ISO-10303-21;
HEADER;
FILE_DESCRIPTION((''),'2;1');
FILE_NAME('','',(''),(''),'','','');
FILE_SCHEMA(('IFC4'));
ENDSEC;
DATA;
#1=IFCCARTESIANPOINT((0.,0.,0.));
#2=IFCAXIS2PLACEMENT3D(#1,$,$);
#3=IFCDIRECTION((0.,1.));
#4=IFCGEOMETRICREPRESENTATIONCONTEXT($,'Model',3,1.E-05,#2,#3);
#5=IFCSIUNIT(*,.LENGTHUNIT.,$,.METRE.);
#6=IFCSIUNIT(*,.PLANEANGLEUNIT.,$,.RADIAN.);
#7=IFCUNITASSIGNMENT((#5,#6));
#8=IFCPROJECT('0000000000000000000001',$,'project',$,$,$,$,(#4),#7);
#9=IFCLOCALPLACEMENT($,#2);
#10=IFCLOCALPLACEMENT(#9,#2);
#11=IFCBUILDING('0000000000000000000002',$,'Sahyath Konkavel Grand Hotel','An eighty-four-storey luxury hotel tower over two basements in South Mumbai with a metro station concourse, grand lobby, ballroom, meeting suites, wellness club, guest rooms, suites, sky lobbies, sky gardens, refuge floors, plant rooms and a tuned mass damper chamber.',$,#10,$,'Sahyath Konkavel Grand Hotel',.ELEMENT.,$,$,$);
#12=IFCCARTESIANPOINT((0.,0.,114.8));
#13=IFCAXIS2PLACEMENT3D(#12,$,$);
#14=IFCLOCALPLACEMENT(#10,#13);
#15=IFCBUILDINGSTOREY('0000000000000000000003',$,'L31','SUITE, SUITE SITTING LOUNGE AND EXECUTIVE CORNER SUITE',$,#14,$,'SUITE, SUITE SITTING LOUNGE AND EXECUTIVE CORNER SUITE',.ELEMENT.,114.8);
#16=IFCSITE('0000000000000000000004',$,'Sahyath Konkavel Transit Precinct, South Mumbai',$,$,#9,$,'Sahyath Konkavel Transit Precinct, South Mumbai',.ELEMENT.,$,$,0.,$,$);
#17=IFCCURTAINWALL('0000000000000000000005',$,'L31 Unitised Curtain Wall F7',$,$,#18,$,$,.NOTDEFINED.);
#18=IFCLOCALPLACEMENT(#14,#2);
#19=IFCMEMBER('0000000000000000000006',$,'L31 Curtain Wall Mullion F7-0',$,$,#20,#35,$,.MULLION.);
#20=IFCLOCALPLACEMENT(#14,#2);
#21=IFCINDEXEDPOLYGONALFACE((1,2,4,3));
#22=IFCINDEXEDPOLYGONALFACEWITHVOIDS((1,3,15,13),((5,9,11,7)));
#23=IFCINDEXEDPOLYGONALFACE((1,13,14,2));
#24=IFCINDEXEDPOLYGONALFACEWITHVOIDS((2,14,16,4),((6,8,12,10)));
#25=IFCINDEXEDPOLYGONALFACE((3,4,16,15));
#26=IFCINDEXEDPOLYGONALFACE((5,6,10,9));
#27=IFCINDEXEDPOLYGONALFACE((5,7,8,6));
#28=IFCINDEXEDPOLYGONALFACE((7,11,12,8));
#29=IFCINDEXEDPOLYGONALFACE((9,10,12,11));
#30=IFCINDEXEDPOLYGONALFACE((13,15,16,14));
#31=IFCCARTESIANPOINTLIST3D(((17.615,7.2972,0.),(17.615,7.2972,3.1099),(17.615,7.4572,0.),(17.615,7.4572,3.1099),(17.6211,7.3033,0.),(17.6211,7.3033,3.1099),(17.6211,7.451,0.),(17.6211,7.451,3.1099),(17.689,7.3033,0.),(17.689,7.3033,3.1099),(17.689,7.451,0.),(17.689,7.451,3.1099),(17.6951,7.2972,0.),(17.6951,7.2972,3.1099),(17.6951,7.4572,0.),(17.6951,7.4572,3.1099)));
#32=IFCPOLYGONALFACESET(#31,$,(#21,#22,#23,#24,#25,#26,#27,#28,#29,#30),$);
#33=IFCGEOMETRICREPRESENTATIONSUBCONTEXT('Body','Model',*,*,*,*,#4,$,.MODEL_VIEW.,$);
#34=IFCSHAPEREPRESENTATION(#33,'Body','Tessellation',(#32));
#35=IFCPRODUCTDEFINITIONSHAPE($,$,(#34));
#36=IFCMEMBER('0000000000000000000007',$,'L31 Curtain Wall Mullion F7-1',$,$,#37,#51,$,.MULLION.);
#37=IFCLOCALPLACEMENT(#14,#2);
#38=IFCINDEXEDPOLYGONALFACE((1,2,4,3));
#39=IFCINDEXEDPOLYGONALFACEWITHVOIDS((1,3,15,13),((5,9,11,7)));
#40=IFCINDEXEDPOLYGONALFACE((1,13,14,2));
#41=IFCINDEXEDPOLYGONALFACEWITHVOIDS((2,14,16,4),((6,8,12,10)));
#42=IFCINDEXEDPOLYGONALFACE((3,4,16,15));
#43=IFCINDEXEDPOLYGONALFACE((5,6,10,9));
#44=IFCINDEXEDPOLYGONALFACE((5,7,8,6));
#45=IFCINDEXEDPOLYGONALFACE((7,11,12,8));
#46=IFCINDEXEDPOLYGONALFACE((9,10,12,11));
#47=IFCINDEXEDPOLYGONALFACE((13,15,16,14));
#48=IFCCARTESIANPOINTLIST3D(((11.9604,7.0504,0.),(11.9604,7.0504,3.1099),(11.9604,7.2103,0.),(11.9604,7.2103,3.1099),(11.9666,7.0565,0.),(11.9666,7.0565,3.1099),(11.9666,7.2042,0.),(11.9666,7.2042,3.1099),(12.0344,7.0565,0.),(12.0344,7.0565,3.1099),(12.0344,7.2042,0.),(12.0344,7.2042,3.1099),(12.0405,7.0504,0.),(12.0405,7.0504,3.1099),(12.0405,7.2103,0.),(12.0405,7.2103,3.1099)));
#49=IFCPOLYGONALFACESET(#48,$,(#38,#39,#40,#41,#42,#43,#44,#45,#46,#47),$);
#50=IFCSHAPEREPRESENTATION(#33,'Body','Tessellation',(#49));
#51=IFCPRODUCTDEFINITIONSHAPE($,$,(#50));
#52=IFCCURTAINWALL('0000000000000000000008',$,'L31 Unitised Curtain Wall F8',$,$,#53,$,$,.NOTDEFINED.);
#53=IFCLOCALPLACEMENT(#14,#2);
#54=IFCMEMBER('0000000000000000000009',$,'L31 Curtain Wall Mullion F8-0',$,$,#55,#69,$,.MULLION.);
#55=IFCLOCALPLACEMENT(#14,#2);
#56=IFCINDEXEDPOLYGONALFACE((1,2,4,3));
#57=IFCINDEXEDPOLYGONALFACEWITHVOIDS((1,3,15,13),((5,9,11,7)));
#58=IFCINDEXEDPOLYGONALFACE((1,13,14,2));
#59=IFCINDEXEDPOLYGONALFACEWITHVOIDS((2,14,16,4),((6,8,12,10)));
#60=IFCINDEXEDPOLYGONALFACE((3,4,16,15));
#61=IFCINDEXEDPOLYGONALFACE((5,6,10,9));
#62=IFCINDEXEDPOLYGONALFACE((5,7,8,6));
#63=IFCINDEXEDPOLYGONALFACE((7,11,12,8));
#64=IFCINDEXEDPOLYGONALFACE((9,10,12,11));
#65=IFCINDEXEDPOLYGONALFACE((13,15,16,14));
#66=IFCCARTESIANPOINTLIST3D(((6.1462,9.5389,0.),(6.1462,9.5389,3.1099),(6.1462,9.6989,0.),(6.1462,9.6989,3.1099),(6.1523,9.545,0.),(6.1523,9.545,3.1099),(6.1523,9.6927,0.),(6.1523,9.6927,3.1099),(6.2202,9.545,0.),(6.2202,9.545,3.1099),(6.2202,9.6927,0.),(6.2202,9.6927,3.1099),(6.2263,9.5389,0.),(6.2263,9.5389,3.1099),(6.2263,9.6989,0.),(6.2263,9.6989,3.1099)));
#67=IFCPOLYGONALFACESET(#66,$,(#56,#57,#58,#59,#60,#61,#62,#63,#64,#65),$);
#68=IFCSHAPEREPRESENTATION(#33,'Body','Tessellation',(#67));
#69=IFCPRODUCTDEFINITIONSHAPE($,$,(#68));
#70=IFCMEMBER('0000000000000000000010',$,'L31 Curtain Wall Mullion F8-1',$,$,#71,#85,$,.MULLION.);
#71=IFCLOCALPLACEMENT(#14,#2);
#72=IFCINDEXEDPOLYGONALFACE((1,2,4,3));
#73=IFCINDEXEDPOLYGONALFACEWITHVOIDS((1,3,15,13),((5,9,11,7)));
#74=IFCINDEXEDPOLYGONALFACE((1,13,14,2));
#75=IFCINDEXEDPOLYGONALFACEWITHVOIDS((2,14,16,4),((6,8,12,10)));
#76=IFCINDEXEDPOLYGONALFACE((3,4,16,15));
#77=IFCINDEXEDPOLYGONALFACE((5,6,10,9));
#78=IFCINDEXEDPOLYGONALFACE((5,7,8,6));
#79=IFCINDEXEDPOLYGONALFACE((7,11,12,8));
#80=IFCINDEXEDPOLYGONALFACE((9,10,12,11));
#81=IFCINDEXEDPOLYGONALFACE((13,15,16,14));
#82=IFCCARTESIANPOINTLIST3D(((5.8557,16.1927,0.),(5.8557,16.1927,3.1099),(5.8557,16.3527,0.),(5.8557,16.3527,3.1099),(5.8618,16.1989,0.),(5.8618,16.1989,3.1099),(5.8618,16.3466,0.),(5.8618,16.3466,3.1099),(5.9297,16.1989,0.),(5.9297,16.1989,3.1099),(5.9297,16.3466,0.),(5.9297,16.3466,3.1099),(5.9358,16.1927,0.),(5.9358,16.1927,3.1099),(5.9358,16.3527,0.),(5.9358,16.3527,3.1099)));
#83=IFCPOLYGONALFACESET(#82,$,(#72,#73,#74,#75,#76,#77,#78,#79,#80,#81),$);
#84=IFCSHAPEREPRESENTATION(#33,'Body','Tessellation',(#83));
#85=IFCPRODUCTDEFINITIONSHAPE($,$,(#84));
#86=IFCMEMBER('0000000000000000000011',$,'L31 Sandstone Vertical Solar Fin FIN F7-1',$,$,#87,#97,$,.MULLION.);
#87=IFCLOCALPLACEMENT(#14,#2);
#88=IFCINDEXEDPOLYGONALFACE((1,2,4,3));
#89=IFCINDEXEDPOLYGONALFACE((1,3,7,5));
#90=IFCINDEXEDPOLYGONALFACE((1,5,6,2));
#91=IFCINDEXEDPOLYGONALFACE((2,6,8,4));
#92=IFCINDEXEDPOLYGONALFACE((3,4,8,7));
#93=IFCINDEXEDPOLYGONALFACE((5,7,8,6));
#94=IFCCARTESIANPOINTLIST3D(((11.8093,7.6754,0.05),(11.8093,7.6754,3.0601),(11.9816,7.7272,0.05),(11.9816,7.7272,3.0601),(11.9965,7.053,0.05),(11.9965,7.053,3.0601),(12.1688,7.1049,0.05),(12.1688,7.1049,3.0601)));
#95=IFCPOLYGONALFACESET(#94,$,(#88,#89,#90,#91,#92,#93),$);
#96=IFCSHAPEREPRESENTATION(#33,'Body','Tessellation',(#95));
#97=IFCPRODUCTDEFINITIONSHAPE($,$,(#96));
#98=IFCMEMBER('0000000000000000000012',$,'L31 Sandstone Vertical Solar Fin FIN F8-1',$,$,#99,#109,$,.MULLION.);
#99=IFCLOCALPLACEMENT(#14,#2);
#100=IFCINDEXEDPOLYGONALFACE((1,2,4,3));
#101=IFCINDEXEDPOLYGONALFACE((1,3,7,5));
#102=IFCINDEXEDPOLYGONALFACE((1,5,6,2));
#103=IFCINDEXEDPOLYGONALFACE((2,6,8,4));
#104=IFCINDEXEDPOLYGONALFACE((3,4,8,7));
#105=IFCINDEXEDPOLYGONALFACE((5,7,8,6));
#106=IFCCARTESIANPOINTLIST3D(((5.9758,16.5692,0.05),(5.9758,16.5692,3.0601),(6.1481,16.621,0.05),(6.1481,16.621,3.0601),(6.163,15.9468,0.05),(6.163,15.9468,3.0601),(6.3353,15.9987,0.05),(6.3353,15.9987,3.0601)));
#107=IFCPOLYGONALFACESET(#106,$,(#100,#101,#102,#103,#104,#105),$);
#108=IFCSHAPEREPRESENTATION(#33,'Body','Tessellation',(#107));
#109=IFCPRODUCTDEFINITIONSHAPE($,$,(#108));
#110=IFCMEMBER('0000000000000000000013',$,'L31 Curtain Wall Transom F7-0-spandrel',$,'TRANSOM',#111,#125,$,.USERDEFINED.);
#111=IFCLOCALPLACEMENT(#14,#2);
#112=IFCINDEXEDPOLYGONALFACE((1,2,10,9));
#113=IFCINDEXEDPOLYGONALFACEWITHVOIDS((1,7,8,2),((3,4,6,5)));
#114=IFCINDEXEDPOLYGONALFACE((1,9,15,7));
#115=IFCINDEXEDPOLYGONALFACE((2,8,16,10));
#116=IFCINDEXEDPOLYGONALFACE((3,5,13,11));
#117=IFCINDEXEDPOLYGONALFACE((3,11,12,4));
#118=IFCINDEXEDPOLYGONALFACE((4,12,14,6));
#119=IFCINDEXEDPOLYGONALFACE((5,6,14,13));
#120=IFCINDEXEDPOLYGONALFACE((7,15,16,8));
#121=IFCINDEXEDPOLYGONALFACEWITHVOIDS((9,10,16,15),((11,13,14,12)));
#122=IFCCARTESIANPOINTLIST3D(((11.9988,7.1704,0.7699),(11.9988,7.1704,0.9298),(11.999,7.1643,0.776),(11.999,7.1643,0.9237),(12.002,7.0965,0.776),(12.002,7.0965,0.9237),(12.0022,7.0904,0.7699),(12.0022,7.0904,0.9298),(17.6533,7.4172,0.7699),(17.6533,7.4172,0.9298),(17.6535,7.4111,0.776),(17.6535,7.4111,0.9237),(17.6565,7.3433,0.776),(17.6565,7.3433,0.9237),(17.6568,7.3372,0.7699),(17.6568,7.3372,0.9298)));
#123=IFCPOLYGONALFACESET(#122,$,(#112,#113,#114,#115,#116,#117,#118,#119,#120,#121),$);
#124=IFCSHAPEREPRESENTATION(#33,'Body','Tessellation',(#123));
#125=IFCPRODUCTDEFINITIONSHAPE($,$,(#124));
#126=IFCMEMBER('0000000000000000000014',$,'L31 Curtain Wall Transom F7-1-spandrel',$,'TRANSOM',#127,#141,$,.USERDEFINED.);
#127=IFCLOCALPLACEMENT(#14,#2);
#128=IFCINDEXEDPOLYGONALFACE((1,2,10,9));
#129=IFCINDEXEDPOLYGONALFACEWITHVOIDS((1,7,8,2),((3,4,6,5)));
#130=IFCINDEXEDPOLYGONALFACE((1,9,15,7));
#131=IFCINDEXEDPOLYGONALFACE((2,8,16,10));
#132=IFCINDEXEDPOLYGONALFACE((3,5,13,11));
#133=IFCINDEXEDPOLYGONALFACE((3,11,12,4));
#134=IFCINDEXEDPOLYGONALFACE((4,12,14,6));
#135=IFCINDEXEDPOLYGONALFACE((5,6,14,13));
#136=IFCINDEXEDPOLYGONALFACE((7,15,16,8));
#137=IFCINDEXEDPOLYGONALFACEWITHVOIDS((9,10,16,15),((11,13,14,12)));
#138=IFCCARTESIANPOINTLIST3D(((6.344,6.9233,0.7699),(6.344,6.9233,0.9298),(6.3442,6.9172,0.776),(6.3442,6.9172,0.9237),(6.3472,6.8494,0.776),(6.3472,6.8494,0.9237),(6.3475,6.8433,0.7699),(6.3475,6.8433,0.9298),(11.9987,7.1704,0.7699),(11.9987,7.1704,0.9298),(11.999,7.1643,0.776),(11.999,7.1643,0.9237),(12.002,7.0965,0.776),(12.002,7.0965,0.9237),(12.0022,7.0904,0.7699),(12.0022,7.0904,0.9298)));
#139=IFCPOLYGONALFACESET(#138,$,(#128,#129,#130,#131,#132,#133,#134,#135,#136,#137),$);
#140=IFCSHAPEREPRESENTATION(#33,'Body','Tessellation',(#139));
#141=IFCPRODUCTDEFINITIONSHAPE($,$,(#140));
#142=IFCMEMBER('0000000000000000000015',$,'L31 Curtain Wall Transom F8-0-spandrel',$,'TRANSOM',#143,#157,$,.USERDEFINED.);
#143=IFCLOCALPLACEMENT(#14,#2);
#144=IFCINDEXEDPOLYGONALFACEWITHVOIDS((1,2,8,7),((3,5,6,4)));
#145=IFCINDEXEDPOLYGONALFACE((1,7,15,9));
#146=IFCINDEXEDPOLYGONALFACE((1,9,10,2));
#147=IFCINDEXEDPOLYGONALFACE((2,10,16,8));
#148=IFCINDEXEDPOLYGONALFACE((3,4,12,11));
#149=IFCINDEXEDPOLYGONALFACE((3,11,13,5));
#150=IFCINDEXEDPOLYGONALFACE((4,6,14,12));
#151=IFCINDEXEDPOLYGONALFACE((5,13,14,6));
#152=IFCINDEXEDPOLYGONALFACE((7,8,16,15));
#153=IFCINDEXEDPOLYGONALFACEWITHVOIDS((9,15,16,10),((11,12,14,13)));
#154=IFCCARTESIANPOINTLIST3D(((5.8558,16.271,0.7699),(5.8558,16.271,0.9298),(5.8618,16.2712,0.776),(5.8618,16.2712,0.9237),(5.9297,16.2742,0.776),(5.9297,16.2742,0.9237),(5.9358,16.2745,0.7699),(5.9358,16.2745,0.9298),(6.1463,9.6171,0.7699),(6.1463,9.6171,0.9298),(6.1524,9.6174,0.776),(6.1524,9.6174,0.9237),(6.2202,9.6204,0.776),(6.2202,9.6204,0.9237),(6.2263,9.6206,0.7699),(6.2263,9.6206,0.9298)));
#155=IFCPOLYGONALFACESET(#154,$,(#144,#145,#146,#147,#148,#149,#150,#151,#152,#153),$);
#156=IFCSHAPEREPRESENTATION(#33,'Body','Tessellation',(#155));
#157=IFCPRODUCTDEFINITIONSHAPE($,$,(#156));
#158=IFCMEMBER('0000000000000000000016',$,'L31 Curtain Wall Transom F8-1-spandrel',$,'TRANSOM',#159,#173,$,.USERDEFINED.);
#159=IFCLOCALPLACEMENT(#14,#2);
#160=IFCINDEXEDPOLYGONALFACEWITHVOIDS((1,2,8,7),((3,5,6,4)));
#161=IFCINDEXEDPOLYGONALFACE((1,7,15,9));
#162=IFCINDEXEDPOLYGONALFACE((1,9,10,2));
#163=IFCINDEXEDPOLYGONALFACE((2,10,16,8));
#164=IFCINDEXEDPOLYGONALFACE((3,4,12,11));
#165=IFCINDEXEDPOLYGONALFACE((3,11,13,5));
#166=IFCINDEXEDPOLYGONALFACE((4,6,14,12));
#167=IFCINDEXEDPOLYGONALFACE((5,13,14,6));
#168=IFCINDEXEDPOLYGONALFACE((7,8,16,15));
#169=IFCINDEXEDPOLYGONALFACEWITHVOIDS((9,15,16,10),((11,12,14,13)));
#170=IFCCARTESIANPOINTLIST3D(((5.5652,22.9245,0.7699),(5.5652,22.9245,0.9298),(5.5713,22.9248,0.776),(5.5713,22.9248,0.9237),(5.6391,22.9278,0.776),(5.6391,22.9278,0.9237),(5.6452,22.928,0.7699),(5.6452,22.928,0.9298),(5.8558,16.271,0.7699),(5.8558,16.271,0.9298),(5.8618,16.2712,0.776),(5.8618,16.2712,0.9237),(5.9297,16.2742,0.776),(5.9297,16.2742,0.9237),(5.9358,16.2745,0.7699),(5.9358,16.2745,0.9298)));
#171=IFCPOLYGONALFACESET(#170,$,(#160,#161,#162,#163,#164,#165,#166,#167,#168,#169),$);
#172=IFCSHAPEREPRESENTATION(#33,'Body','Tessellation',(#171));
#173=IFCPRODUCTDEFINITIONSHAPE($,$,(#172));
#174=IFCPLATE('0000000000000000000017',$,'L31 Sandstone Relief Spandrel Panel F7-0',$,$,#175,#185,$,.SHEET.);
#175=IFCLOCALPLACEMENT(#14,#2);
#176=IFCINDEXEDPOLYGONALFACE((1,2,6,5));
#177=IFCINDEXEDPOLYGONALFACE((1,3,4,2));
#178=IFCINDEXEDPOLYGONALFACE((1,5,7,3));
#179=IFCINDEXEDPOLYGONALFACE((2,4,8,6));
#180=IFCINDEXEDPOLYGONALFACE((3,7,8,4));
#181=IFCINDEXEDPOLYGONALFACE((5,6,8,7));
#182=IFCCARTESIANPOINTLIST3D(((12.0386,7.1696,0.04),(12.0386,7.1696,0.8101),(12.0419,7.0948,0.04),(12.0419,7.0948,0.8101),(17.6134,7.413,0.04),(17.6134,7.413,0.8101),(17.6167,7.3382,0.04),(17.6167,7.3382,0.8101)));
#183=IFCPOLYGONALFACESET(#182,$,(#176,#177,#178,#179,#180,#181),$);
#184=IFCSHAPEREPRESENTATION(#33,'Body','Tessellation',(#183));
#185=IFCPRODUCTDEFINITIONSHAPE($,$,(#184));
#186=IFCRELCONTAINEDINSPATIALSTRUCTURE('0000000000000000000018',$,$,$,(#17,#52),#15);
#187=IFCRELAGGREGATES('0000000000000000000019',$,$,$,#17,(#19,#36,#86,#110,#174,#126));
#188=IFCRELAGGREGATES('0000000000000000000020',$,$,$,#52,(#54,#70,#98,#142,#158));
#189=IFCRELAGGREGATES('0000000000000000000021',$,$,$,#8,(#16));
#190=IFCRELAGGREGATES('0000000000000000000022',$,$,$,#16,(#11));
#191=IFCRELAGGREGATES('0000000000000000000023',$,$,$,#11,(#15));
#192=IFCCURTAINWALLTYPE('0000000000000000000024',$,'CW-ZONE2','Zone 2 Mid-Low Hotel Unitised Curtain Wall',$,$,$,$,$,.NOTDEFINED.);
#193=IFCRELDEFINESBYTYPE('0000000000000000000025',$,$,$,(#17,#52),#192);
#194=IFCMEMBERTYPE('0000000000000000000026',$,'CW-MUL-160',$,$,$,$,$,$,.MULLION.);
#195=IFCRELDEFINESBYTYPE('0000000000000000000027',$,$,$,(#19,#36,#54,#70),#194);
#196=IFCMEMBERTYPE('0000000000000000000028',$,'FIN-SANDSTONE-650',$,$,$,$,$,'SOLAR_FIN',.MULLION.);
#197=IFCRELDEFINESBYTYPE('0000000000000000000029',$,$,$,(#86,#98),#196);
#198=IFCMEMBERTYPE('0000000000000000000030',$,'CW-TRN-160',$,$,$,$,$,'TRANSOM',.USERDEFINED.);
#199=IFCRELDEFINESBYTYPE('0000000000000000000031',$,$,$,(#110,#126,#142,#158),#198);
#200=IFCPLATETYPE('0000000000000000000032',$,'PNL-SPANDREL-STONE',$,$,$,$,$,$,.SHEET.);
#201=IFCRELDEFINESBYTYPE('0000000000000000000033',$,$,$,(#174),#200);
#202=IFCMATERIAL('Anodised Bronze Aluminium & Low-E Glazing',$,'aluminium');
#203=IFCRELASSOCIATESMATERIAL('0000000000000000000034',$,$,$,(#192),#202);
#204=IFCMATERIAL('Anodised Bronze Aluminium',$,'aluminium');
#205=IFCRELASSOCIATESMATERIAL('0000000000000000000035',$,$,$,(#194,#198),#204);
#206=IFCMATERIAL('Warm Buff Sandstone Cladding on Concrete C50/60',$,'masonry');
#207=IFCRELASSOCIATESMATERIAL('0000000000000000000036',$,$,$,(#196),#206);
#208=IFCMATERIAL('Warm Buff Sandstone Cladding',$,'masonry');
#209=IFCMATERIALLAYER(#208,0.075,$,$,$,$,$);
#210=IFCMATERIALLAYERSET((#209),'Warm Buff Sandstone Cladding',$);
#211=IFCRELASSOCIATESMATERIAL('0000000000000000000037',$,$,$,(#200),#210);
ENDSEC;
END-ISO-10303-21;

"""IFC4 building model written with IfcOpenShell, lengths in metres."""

from ifc_helpers import new_model, si_unit, direction, frame, origin, origin_2d, place, context, subcontext, project, spatial, rectangle, hollow_rectangle, extrude, source, transform, mapped, material, layer, layer_set, material_profile, profile_set, type_object, element, aggregate, save


model = new_model("IFC4")

# Units and contexts
model_context = context("Model", 3, precision=1e-05, world=origin(), true_north=direction((0.0, 1.0)))
body_context = subcontext(model_context, "Body", "Model", "MODEL_VIEW")
ifc_project = project(units=[si_unit("LENGTHUNIT", "METRE"), si_unit("PLANEANGLEUNIT", "RADIAN")], contexts=[model_context])

# Site, building, storey
site_placement = place(None, origin())
site = spatial("IfcSite", under=ifc_project, at=site_placement, Name="Sahyath Konkavel Transit Precinct, South Mumbai", LongName="Sahyath Konkavel Transit Precinct, South Mumbai", CompositionType="ELEMENT", RefElevation=0.0)
building_placement = place(site_placement, origin())
building = spatial("IfcBuilding", under=site, at=building_placement, Name="Sahyath Konkavel Grand Hotel", Description="An eighty-four-storey luxury hotel tower over two basements in South Mumbai with a metro station concourse, grand lobby, ballroom, meeting suites, wellness club, guest rooms, suites, sky lobbies, sky gardens, refuge floors, plant rooms and a tuned mass damper chamber.", LongName="Sahyath Konkavel Grand Hotel", CompositionType="ELEMENT")
storey_placement = place(building_placement, frame((0.0, 0.0, 114.8)))
storey = spatial("IfcBuildingStorey", under=building, at=storey_placement, Name="L31", Description="SUITE, SUITE SITTING LOUNGE AND EXECUTIVE CORNER SUITE", LongName="SUITE, SUITE SITTING LOUNGE AND EXECUTIVE CORNER SUITE", CompositionType="ELEMENT", Elevation=114.8)

# Curtain walls, members
ifc_material_1 = material(Name="Anodised Bronze Aluminium & Low-E Glazing", Category="aluminium")
curtain_wall_type = type_object("IfcCurtainWallType", Name="CW-ZONE2", Description="Zone 2 Mid-Low Hotel Unitised Curtain Wall", PredefinedType="NOTDEFINED", material=ifc_material_1)
curtain_wall_1_placement = place(storey_placement, origin())
curtain_wall_1 = element("IfcCurtainWall", 1, at=curtain_wall_1_placement, inside=storey, type_object=curtain_wall_type, Name="L31 Unitised Curtain Wall F7", PredefinedType="NOTDEFINED")
ifc_material_2 = material(Name="Anodised Bronze Aluminium", Category="aluminium")
ifc_material_profile_1 = material_profile(ifc_material_2, hollow_rectangle(XDim=0.0801, YDim=0.1599, WallThickness=0.0061, at=origin_2d()), Name="RHS 160x80x6")
ifc_profile_set_1 = profile_set([ifc_material_profile_1], Name="Anodised Bronze Aluminium")
member_type_1 = type_object("IfcMemberType", Name="CW-MUL-160", PredefinedType="MULLION", material=ifc_profile_set_1)
shared_shape_1 = source(origin(), body_context, "Body", "SweptSolid", [
    extrude(hollow_rectangle(XDim=0.0801, YDim=0.1599, WallThickness=0.0061, at=origin_2d()), origin(), (0.0, 0.0, 1.0), 3.1099),
])
member_1_placement = place(storey_placement, frame((17.655, 7.3772, 0.0), z_axis=(0.0, 0.0, 1.0), x_axis=(1.0, 0.0, 0.0)))
member_1 = element("IfcMember", 2, at=member_1_placement, type_object=member_type_1, Name="L31 Curtain Wall Mullion F7-0", PredefinedType="MULLION", context=body_context, shape_type="MappedRepresentation", body=[
    mapped(shared_shape_1, transform((0.0, 0.0, 0.0), scale=1.0)),
])
member_2_placement = place(storey_placement, frame((12.0005, 7.1304, 0.0), z_axis=(0.0, 0.0, 1.0), x_axis=(1.0, 0.0, 0.0)))
member_2 = element("IfcMember", 3, at=member_2_placement, type_object=member_type_1, Name="L31 Curtain Wall Mullion F7-1", PredefinedType="MULLION", context=body_context, shape_type="MappedRepresentation", body=[
    mapped(shared_shape_1, transform((0.0, 0.0, 0.0), scale=1.0)),
])
curtain_wall_2_placement = place(storey_placement, origin())
curtain_wall_2 = element("IfcCurtainWall", 4, at=curtain_wall_2_placement, inside=storey, type_object=curtain_wall_type, Name="L31 Unitised Curtain Wall F8", PredefinedType="NOTDEFINED")
member_3_placement = place(storey_placement, frame((6.1863, 9.6189, 0.0), z_axis=(0.0, 0.0, 1.0), x_axis=(1.0, 0.0, 0.0)))
member_3 = element("IfcMember", 5, at=member_3_placement, type_object=member_type_1, Name="L31 Curtain Wall Mullion F8-0", PredefinedType="MULLION", context=body_context, shape_type="MappedRepresentation", body=[
    mapped(shared_shape_1, transform((0.0, 0.0, 0.0), scale=1.0)),
])
member_4_placement = place(storey_placement, frame((5.8958, 16.2727, 0.0), z_axis=(0.0, 0.0, 1.0), x_axis=(1.0, 0.0, 0.0)))
member_4 = element("IfcMember", 6, at=member_4_placement, type_object=member_type_1, Name="L31 Curtain Wall Mullion F8-1", PredefinedType="MULLION", context=body_context, shape_type="MappedRepresentation", body=[
    mapped(shared_shape_1, transform((0.0, 0.0, 0.0), scale=1.0)),
])

# Members
ifc_material_3 = material(Name="Warm Buff Sandstone Cladding on Concrete C50/60", Category="masonry")
ifc_material_profile_2 = material_profile(ifc_material_3, rectangle(XDim=0.1799, YDim=0.6499, at=origin_2d()), Name="FIN 180x650")
ifc_profile_set_2 = profile_set([ifc_material_profile_2], Name="Warm Buff Sandstone Cladding on Concrete C50/60")
member_type_2 = type_object("IfcMemberType", Name="FIN-SANDSTONE-650", ElementType="SOLAR_FIN", PredefinedType="MULLION", material=ifc_profile_set_2)
shared_shape_2 = source(origin(), body_context, "Body", "SweptSolid", [
    extrude(rectangle(XDim=0.1799, YDim=0.6499, at=origin_2d()), origin(), (0.0, 0.0, 1.0), 3.01),
])
member_5_placement = place(storey_placement, frame((11.989, 7.3901, 0.05), z_axis=(0.0, 0.0, 1.0), x_axis=(0.957622, 0.288029, 0.0)))
member_5 = element("IfcMember", 7, at=member_5_placement, type_object=member_type_2, Name="L31 Sandstone Vertical Solar Fin FIN F7-1", PredefinedType="MULLION", context=body_context, shape_type="MappedRepresentation", body=[
    mapped(shared_shape_2, transform((0.0, 0.0, 0.0), scale=1.0)),
])
member_6_placement = place(storey_placement, frame((6.1555, 16.2839, 0.05), z_axis=(0.0, 0.0, 1.0), x_axis=(0.957622, 0.288029, 0.0)))
member_6 = element("IfcMember", 8, at=member_6_placement, type_object=member_type_2, Name="L31 Sandstone Vertical Solar Fin FIN F8-1", PredefinedType="MULLION", context=body_context, shape_type="MappedRepresentation", body=[
    mapped(shared_shape_2, transform((0.0, 0.0, 0.0), scale=1.0)),
])
ifc_material_profile_3 = material_profile(ifc_material_2, hollow_rectangle(XDim=0.0801, YDim=0.1599, WallThickness=0.0061, at=origin_2d()), Name="RHS 160x80x6")
ifc_profile_set_3 = profile_set([ifc_material_profile_3], Name="Anodised Bronze Aluminium")
member_type_3 = type_object("IfcMemberType", Name="CW-TRN-160", ElementType="TRANSOM", PredefinedType="USERDEFINED", material=ifc_profile_set_3)
shared_shape_3 = source(origin(), body_context, "Body", "SweptSolid", [
    extrude(hollow_rectangle(XDim=0.0801, YDim=0.1599, WallThickness=0.0061, at=origin_2d()), origin(), (0.0, 0.0, 1.0), 5.6599),
])
member_7_placement = place(storey_placement, frame((17.655, 7.3772, 0.8499), z_axis=(-0.999049, -0.043609, 0.0), x_axis=(0.043609, -0.999049, 0.0)))
member_7 = element("IfcMember", 9, at=member_7_placement, type_object=member_type_3, Name="L31 Curtain Wall Transom F7-0-spandrel", ObjectType="TRANSOM", PredefinedType="USERDEFINED", context=body_context, shape_type="MappedRepresentation", body=[
    mapped(shared_shape_3, transform((0.0, 0.0, 0.0), scale=1.0)),
])
shared_shape_4 = source(origin(), body_context, "Body", "SweptSolid", [
    extrude(hollow_rectangle(XDim=0.0801, YDim=0.1599, WallThickness=0.0061, at=origin_2d()), origin(), (0.0, 0.0, 1.0), 5.6602),
])
member_8_placement = place(storey_placement, frame((12.0005, 7.1304, 0.8499), z_axis=(-0.999047, -0.043651, 0.0), x_axis=(0.043651, -0.999047, 0.0)))
member_8 = element("IfcMember", 10, at=member_8_placement, type_object=member_type_3, Name="L31 Curtain Wall Transom F7-1-spandrel", ObjectType="TRANSOM", PredefinedType="USERDEFINED", context=body_context, shape_type="MappedRepresentation", body=[
    mapped(shared_shape_4, transform((0.0, 0.0, 0.0), scale=1.0)),
])
shared_shape_5 = source(origin(), body_context, "Body", "SweptSolid", [
    extrude(hollow_rectangle(XDim=0.0801, YDim=0.1599, WallThickness=0.0061, at=origin_2d()), origin(), (0.0, 0.0, 1.0), 6.6602),
])
member_9_placement = place(storey_placement, frame((6.1863, 9.6189, 0.8499), z_axis=(-0.043622, 0.999048, 0.0), x_axis=(-0.999048, -0.043622, 0.0)))
member_9 = element("IfcMember", 11, at=member_9_placement, type_object=member_type_3, Name="L31 Curtain Wall Transom F8-0-spandrel", ObjectType="TRANSOM", PredefinedType="USERDEFINED", context=body_context, shape_type="MappedRepresentation", body=[
    mapped(shared_shape_5, transform((0.0, 0.0, 0.0), scale=1.0)),
])
shared_shape_6 = source(origin(), body_context, "Body", "SweptSolid", [
    extrude(hollow_rectangle(XDim=0.0801, YDim=0.1599, WallThickness=0.0061, at=origin_2d()), origin(), (0.0, 0.0, 1.0), 6.6599),
])
member_10_placement = place(storey_placement, frame((5.8958, 16.2727, 0.8499), z_axis=(-0.043623, 0.999048, 0.0), x_axis=(-0.999048, -0.043623, 0.0)))
member_10 = element("IfcMember", 12, at=member_10_placement, type_object=member_type_3, Name="L31 Curtain Wall Transom F8-1-spandrel", ObjectType="TRANSOM", PredefinedType="USERDEFINED", context=body_context, shape_type="MappedRepresentation", body=[
    mapped(shared_shape_6, transform((0.0, 0.0, 0.0), scale=1.0)),
])

# Plate
ifc_material_4 = material(Name="Warm Buff Sandstone Cladding", Category="masonry")
ifc_layer_1 = layer(ifc_material_4, 0.075)
ifc_layer_set_1 = layer_set([ifc_layer_1], Name="Warm Buff Sandstone Cladding")
plate_type_1 = type_object("IfcPlateType", Name="PNL-SPANDREL-STONE", PredefinedType="SHEET", material=ifc_layer_set_1)
shared_shape_7 = source(origin(), body_context, "Body", "SweptSolid", [
    extrude(rectangle(XDim=5.5801, YDim=0.075, at=origin_2d()), origin(), (0.0, 0.0, 1.0), 0.77),
])
plate_1_placement = place(storey_placement, frame((14.8276, 7.2539, 0.04), z_axis=(0.0, 0.0, 1.0), x_axis=(-0.999048, -0.043619, 0.0)))
plate_1 = element("IfcPlate", 13, at=plate_1_placement, type_object=plate_type_1, Name="L31 Sandstone Relief Spandrel Panel F7-0", PredefinedType="SHEET", context=body_context, shape_type="MappedRepresentation", body=[
    mapped(shared_shape_7, transform((0.0, 0.0, 0.0), scale=1.0)),
])
aggregate(curtain_wall_1, [member_1, member_2, member_5, member_7, plate_1, member_8])
aggregate(curtain_wall_2, [member_3, member_4, member_6, member_9, member_10])

save(model, "model.ifc")
